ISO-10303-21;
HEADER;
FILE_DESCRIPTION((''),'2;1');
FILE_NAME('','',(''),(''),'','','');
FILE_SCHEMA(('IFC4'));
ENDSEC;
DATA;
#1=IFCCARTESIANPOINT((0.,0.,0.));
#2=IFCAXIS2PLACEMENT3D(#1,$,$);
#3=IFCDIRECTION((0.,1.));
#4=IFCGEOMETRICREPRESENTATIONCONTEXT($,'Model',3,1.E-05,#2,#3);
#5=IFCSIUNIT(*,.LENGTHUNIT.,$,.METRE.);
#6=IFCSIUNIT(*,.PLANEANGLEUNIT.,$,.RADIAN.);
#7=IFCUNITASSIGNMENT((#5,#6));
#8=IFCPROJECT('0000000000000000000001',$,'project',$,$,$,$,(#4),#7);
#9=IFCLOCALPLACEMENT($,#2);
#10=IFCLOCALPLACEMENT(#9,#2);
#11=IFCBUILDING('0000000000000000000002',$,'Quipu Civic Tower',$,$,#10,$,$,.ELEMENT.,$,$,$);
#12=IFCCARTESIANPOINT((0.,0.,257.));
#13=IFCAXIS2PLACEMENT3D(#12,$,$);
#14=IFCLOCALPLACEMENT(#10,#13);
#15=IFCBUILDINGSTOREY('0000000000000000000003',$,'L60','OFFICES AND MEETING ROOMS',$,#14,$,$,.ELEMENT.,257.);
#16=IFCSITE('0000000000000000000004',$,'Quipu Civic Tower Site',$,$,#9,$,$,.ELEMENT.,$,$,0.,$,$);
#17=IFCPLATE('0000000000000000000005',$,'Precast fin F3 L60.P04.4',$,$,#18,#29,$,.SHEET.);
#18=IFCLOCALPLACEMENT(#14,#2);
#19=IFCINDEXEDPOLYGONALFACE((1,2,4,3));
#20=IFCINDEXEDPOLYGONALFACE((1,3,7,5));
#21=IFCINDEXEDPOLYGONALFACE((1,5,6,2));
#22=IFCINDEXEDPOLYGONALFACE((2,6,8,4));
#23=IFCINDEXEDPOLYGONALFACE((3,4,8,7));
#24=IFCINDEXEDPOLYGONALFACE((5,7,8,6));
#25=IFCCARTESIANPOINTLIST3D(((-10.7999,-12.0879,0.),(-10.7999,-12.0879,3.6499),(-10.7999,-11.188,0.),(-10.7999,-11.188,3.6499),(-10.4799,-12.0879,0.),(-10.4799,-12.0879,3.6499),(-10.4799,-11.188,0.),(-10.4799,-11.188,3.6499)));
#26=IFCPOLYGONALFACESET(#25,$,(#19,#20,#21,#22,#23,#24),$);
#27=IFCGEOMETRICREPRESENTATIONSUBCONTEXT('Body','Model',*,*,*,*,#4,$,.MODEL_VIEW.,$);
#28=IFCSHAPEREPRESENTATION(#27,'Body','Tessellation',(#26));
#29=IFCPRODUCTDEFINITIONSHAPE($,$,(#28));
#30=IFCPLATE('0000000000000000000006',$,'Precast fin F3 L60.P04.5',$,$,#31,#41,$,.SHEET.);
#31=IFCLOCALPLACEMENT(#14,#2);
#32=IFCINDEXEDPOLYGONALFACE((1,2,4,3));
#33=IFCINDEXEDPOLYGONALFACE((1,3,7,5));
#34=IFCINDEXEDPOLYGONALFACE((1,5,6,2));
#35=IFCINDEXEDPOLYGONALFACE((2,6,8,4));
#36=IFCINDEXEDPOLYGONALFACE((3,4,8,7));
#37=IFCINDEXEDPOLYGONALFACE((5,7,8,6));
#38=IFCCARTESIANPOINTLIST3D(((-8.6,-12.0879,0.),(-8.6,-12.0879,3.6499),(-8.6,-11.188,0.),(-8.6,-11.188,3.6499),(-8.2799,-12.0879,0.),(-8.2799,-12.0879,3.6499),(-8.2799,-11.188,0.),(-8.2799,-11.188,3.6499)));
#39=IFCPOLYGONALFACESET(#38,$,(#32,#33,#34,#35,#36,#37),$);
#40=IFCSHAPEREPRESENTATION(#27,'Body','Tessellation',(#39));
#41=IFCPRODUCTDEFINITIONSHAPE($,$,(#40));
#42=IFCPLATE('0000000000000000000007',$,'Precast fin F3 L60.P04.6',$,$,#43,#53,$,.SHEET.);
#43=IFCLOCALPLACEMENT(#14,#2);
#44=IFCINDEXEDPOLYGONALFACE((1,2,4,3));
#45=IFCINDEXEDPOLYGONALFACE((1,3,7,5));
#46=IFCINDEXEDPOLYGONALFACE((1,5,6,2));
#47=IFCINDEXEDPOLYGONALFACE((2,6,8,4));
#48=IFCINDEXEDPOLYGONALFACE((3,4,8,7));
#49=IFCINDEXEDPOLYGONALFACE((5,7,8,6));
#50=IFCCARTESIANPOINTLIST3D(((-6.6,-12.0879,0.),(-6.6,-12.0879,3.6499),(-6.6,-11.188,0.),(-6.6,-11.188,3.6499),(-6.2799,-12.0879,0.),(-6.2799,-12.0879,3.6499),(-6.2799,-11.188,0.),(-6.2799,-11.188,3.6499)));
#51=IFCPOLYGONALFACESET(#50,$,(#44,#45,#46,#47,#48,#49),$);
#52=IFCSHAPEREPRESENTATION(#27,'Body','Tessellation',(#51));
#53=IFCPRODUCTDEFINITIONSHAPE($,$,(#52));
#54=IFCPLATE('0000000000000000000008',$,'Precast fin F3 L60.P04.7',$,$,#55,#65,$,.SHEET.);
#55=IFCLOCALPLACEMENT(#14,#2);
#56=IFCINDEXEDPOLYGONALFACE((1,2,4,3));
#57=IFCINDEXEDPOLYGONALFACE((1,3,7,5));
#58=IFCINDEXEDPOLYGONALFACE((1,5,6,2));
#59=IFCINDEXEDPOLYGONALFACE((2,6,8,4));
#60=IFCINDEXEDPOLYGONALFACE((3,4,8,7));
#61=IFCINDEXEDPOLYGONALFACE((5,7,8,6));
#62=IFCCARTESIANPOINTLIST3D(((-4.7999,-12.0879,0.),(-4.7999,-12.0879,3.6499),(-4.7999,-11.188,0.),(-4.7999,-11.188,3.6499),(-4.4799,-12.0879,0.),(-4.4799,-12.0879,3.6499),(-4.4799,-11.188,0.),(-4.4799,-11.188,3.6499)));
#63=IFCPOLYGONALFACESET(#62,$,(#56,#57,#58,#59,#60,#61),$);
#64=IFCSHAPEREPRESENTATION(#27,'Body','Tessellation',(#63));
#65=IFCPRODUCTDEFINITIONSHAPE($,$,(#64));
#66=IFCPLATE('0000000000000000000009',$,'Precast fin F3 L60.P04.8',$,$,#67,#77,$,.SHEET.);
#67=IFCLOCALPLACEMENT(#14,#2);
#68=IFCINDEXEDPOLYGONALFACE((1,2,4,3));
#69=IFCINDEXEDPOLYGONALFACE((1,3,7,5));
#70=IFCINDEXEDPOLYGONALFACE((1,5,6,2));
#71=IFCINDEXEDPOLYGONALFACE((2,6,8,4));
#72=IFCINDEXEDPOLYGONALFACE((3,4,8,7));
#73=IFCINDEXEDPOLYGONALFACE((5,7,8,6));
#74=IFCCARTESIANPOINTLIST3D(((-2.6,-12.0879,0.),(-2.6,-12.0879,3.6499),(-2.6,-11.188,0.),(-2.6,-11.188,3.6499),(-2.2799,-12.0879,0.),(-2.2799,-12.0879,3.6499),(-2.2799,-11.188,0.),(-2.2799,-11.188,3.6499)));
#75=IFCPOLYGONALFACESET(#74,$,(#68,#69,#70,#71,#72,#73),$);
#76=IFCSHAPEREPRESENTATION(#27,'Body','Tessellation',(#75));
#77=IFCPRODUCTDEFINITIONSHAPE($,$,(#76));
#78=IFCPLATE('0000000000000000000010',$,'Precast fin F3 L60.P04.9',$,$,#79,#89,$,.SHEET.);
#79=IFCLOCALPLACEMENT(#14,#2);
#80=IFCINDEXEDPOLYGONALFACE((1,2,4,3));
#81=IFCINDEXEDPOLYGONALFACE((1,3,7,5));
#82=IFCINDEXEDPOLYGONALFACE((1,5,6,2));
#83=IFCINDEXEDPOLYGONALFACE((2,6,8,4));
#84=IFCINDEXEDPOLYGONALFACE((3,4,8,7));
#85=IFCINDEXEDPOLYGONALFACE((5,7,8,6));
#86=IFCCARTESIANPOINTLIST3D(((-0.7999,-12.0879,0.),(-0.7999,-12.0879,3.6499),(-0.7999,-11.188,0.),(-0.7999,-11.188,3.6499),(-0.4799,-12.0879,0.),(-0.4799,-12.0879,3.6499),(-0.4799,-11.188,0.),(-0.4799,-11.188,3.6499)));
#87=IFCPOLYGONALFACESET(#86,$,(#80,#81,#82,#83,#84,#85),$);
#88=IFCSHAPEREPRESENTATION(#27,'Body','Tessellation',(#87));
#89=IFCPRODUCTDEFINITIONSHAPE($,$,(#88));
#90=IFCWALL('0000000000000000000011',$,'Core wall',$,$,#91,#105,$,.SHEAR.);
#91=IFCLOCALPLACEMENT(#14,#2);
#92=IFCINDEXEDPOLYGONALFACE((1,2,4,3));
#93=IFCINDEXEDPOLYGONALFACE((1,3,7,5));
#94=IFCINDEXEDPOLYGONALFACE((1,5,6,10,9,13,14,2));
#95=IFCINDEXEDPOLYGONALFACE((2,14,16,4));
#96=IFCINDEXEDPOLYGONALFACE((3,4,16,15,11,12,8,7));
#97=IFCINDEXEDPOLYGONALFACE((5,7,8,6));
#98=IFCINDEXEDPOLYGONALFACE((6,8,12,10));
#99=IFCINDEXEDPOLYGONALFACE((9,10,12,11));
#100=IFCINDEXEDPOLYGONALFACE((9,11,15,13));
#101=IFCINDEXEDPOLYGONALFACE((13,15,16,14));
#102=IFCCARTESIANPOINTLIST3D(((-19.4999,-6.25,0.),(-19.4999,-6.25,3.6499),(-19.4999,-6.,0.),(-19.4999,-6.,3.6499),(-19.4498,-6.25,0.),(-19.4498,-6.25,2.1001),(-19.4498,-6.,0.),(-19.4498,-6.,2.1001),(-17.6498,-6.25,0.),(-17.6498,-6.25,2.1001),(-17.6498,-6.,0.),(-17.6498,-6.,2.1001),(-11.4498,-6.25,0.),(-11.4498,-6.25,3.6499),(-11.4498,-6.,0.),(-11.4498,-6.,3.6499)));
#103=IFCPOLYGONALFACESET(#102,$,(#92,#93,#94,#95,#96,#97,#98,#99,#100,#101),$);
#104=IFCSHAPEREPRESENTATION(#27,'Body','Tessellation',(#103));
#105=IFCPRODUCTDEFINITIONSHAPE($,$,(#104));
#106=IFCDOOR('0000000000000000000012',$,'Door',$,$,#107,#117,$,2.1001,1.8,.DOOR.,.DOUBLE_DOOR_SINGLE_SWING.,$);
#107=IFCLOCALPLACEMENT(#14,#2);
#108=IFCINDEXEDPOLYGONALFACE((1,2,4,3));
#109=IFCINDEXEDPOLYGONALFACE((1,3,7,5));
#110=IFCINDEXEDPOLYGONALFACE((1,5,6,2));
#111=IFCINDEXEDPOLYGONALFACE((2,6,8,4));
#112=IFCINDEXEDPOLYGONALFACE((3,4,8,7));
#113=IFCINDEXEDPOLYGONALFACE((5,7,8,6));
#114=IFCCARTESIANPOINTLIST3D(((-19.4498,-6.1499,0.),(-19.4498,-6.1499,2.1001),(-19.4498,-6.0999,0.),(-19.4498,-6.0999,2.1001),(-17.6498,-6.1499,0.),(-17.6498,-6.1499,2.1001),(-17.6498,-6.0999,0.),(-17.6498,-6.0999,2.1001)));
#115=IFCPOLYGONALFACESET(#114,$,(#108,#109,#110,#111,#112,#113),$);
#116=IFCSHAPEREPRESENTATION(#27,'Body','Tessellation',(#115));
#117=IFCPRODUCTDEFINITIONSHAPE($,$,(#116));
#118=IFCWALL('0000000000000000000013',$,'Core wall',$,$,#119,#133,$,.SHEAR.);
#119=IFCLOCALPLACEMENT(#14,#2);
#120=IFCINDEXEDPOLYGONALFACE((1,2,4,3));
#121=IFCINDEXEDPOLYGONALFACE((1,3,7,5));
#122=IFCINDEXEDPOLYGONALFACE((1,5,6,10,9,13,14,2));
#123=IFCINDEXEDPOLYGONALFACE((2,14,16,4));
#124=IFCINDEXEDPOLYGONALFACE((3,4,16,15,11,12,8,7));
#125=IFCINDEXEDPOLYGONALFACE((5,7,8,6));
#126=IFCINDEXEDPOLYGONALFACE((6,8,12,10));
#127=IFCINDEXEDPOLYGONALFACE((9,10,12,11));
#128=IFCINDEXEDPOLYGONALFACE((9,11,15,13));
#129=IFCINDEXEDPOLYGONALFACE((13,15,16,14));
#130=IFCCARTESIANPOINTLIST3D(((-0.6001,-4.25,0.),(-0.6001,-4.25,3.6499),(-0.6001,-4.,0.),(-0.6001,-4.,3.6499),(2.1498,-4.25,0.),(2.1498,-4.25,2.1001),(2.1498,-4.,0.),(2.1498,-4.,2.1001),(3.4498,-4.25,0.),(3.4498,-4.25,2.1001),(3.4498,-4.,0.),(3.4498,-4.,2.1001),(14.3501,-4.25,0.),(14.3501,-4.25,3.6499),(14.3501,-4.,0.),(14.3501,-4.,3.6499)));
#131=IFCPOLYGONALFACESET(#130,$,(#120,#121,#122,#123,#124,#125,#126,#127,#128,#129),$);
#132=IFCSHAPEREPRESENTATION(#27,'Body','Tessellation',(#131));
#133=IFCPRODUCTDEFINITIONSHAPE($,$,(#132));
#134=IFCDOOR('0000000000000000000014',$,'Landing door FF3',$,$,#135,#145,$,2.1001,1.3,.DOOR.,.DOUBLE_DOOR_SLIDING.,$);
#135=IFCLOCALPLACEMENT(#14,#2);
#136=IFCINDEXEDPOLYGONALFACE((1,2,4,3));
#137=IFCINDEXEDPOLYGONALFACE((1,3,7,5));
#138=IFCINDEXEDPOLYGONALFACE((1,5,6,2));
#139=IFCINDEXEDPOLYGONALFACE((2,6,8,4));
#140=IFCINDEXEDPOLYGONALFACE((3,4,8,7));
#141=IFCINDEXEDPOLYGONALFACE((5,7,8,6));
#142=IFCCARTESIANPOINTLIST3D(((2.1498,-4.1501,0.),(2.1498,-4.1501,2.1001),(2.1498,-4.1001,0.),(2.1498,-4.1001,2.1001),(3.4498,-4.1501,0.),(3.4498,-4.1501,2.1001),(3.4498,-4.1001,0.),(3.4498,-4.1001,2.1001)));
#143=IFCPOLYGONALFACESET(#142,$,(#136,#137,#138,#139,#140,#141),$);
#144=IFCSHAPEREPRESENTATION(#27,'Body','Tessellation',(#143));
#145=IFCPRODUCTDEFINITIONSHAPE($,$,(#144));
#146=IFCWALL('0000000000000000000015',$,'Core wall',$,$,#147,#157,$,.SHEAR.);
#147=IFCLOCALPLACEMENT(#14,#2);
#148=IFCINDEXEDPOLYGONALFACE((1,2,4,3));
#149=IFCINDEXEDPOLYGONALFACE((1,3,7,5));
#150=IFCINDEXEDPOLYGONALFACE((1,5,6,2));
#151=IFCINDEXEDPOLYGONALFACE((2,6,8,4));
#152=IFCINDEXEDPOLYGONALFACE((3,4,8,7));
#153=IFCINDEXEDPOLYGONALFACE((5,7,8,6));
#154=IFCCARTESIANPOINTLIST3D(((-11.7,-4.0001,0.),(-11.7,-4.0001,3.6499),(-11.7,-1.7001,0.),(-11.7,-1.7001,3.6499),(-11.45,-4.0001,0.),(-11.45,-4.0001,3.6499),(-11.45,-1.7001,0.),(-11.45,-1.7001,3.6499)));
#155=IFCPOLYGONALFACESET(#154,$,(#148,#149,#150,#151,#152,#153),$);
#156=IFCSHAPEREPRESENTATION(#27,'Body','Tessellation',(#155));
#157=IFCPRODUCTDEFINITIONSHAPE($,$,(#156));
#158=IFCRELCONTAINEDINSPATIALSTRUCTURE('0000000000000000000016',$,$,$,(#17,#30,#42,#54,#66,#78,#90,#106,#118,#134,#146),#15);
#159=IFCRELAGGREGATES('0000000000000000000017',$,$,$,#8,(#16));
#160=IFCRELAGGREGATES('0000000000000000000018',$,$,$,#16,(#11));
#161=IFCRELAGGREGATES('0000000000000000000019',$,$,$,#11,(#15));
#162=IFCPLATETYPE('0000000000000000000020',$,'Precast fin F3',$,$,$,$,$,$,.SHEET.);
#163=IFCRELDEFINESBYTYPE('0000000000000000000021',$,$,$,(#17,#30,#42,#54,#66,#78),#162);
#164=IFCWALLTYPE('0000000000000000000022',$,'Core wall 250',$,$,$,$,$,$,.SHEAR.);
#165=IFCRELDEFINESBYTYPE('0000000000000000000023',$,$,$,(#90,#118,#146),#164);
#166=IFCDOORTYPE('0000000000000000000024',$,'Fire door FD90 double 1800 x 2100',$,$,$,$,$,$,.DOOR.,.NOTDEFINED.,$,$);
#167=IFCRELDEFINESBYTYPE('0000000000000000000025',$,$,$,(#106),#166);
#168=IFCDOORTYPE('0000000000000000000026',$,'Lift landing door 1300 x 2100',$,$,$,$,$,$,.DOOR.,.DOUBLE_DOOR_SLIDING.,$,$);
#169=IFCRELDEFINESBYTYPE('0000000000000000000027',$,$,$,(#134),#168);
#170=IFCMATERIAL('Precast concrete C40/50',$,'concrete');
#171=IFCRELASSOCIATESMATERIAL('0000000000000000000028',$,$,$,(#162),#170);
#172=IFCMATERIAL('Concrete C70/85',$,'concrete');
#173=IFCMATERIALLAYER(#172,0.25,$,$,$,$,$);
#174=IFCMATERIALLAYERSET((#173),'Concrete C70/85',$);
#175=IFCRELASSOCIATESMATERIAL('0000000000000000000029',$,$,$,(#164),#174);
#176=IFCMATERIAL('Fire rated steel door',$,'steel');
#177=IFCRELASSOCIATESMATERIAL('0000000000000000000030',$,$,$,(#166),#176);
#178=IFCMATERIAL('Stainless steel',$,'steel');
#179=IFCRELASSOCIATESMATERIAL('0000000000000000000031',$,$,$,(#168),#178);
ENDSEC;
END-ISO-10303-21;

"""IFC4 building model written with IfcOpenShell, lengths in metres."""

from ifc_helpers import new_model, si_unit, direction, frame, frame_2d, origin, origin_2d, place, context, subcontext, project, spatial, rectangle, extrude, material, layer, layer_set, type_object, element, fill, save


model = new_model("IFC4")

# Units and contexts
model_context = context("Model", 3, precision=1e-05, world=origin(), true_north=direction((0.0, 1.0)))
body_context = subcontext(model_context, "Body", "Model", "MODEL_VIEW")
ifc_project = project(units=[si_unit("LENGTHUNIT", "METRE"), si_unit("PLANEANGLEUNIT", "RADIAN")], contexts=[model_context])

# Site, building, storey
site_placement = place(None, origin())
site = spatial("IfcSite", under=ifc_project, at=site_placement, Name="Quipu Civic Tower Site", CompositionType="ELEMENT", RefElevation=0.0)
building_placement = place(site_placement, origin())
building = spatial("IfcBuilding", under=site, at=building_placement, Name="Quipu Civic Tower", CompositionType="ELEMENT")
storey_placement = place(building_placement, frame((0.0, 0.0, 257.0)))
storey = spatial("IfcBuildingStorey", under=building, at=storey_placement, Name="L60", Description="OFFICES AND MEETING ROOMS", CompositionType="ELEMENT", Elevation=257.0)

# Plates
ifc_material_1 = material(Name="Precast concrete C40/50", Category="concrete")
plate_type = type_object("IfcPlateType", Name="Precast fin F3", PredefinedType="SHEET", material=ifc_material_1)
for number, where, z_axis, x_axis, name in (
    (1, (-10.6399, -11.6379, 0.0), (0.0, 0.0, 1.0), (1.0, 0.0, 0.0), "Precast fin F3 L60.P04.4"),
    (2, (-8.4399, -11.6379, 0.0), (0.0, 0.0, 1.0), (1.0, 0.0, 0.0), "Precast fin F3 L60.P04.5"),
    (3, (-6.4399, -11.6379, 0.0), (0.0, 0.0, 1.0), (1.0, 0.0, 0.0), "Precast fin F3 L60.P04.6"),
    (4, (-4.6399, -11.6379, 0.0), (0.0, 0.0, 1.0), (1.0, 0.0, 0.0), "Precast fin F3 L60.P04.7"),
    (5, (-2.4399, -11.6379, 0.0), (0.0, 0.0, 1.0), (1.0, 0.0, 0.0), "Precast fin F3 L60.P04.8"),
    (6, (-0.6399, -11.6379, 0.0), (0.0, 0.0, 1.0), (1.0, 0.0, 0.0), "Precast fin F3 L60.P04.9"),
):
    element("IfcPlate", number, at=place(storey_placement, frame(where, z_axis=z_axis, x_axis=x_axis)), inside=storey, type_object=plate_type, Name=name, PredefinedType="SHEET", context=body_context, shape_type="SweptSolid", body=[
        extrude(rectangle(XDim=0.3201, YDim=0.8999, at=origin_2d()), origin(), (0.0, 0.0, 1.0), 3.6499),
    ])

# Walls, openings, doors
ifc_material_2 = material(Name="Concrete C70/85", Category="concrete")
ifc_layer_1 = layer(ifc_material_2, 0.25)
ifc_layer_set_1 = layer_set([ifc_layer_1], Name="Concrete C70/85")
wall_type_1 = type_object("IfcWallType", Name="Core wall 250", PredefinedType="SHEAR", material=ifc_layer_set_1)
wall_1_placement = place(storey_placement, frame((-11.45, -6.125, 0.0), z_axis=(0.0, 0.0, 1.0), x_axis=(-1.0, 0.0, 0.0)))
wall_1 = element("IfcWall", 7, at=wall_1_placement, inside=storey, type_object=wall_type_1, Name="Core wall", PredefinedType="SHEAR", context=body_context, shape_type="SweptSolid", body=[
    extrude(rectangle(XDim=8.05, YDim=0.25, at=frame_2d((4.0249, 0.0))), origin(), (0.0, 0.0, 1.0), 3.6499),
])
opening_1_placement = place(wall_1_placement, frame((6.2, 0.0, 0.0)))
opening_1 = element("IfcOpeningElement", 8, at=opening_1_placement, cuts=wall_1, PredefinedType="OPENING", context=body_context, shape_type="SweptSolid", body=[
    extrude(rectangle(XDim=1.8, YDim=2.1001, at=frame_2d((0.8999, 1.05))), frame((0.0, 0.135, 0.0), z_axis=(0.0, -1.0, 0.0), x_axis=(1.0, 0.0, 0.0)), (0.0, 0.0, 1.0), 0.27),
])
ifc_material_3 = material(Name="Fire rated steel door", Category="steel")
door_type_1 = type_object("IfcDoorType", Name="Fire door FD90 double 1800 x 2100", OperationType="NOTDEFINED", PredefinedType="DOOR", material=ifc_material_3)
door_1_placement = place(opening_1_placement, origin())
door_1 = element("IfcDoor", 9, at=door_1_placement, inside=storey, type_object=door_type_1, Name="Door", OperationType="DOUBLE_DOOR_SINGLE_SWING", OverallHeight=2.1001, OverallWidth=1.8, PredefinedType="DOOR", context=body_context, shape_type="SweptSolid", body=[
    extrude(rectangle(XDim=1.8, YDim=2.1001, at=frame_2d((0.8999, 1.05))), frame((0.0, 0.0249, 0.0), z_axis=(0.0, -1.0, 0.0), x_axis=(1.0, 0.0, 0.0)), (0.0, 0.0, 1.0), 0.05),
])
fill(opening_1, door_1)
wall_2_placement = place(storey_placement, frame((-0.6001, -4.125, 0.0), z_axis=(0.0, 0.0, 1.0), x_axis=(1.0, 0.0, 0.0)))
wall_2 = element("IfcWall", 10, at=wall_2_placement, inside=storey, type_object=wall_type_1, Name="Core wall", PredefinedType="SHEAR", context=body_context, shape_type="SweptSolid", body=[
    extrude(rectangle(XDim=14.9502, YDim=0.25, at=frame_2d((7.4751, 0.0))), origin(), (0.0, 0.0, 1.0), 3.6499),
])
opening_2_placement = place(wall_2_placement, frame((2.75, 0.0, 0.0)))
opening_2 = element("IfcOpeningElement", 11, at=opening_2_placement, cuts=wall_2, PredefinedType="OPENING", context=body_context, shape_type="SweptSolid", body=[
    extrude(rectangle(XDim=1.3, YDim=2.1001, at=frame_2d((0.6499, 1.05))), frame((0.0, 0.135, 0.0), z_axis=(0.0, -1.0, 0.0), x_axis=(1.0, 0.0, 0.0)), (0.0, 0.0, 1.0), 0.27),
])
ifc_material_4 = material(Name="Stainless steel", Category="steel")
door_type_2 = type_object("IfcDoorType", Name="Lift landing door 1300 x 2100", OperationType="DOUBLE_DOOR_SLIDING", PredefinedType="DOOR", material=ifc_material_4)
door_2_placement = place(opening_2_placement, origin())
door_2 = element("IfcDoor", 12, at=door_2_placement, inside=storey, type_object=door_type_2, Name="Landing door FF3", OperationType="DOUBLE_DOOR_SLIDING", OverallHeight=2.1001, OverallWidth=1.3, PredefinedType="DOOR", context=body_context, shape_type="SweptSolid", body=[
    extrude(rectangle(XDim=1.3, YDim=2.1001, at=frame_2d((0.6499, 1.05))), frame((0.0, 0.0249, 0.0), z_axis=(0.0, -1.0, 0.0), x_axis=(1.0, 0.0, 0.0)), (0.0, 0.0, 1.0), 0.05),
])
fill(opening_2, door_2)

# Wall
wall_3_placement = place(storey_placement, frame((-11.575, -4.0, 0.0), z_axis=(0.0, 0.0, 1.0), x_axis=(0.0, 1.0, 0.0)))
element("IfcWall", 13, at=wall_3_placement, inside=storey, type_object=wall_type_1, Name="Core wall", PredefinedType="SHEAR", context=body_context, shape_type="SweptSolid", body=[
    extrude(rectangle(XDim=2.3, YDim=0.25, at=frame_2d((1.1499, 0.0))), origin(), (0.0, 0.0, 1.0), 3.6499),
])

save(model, "model.ifc")
